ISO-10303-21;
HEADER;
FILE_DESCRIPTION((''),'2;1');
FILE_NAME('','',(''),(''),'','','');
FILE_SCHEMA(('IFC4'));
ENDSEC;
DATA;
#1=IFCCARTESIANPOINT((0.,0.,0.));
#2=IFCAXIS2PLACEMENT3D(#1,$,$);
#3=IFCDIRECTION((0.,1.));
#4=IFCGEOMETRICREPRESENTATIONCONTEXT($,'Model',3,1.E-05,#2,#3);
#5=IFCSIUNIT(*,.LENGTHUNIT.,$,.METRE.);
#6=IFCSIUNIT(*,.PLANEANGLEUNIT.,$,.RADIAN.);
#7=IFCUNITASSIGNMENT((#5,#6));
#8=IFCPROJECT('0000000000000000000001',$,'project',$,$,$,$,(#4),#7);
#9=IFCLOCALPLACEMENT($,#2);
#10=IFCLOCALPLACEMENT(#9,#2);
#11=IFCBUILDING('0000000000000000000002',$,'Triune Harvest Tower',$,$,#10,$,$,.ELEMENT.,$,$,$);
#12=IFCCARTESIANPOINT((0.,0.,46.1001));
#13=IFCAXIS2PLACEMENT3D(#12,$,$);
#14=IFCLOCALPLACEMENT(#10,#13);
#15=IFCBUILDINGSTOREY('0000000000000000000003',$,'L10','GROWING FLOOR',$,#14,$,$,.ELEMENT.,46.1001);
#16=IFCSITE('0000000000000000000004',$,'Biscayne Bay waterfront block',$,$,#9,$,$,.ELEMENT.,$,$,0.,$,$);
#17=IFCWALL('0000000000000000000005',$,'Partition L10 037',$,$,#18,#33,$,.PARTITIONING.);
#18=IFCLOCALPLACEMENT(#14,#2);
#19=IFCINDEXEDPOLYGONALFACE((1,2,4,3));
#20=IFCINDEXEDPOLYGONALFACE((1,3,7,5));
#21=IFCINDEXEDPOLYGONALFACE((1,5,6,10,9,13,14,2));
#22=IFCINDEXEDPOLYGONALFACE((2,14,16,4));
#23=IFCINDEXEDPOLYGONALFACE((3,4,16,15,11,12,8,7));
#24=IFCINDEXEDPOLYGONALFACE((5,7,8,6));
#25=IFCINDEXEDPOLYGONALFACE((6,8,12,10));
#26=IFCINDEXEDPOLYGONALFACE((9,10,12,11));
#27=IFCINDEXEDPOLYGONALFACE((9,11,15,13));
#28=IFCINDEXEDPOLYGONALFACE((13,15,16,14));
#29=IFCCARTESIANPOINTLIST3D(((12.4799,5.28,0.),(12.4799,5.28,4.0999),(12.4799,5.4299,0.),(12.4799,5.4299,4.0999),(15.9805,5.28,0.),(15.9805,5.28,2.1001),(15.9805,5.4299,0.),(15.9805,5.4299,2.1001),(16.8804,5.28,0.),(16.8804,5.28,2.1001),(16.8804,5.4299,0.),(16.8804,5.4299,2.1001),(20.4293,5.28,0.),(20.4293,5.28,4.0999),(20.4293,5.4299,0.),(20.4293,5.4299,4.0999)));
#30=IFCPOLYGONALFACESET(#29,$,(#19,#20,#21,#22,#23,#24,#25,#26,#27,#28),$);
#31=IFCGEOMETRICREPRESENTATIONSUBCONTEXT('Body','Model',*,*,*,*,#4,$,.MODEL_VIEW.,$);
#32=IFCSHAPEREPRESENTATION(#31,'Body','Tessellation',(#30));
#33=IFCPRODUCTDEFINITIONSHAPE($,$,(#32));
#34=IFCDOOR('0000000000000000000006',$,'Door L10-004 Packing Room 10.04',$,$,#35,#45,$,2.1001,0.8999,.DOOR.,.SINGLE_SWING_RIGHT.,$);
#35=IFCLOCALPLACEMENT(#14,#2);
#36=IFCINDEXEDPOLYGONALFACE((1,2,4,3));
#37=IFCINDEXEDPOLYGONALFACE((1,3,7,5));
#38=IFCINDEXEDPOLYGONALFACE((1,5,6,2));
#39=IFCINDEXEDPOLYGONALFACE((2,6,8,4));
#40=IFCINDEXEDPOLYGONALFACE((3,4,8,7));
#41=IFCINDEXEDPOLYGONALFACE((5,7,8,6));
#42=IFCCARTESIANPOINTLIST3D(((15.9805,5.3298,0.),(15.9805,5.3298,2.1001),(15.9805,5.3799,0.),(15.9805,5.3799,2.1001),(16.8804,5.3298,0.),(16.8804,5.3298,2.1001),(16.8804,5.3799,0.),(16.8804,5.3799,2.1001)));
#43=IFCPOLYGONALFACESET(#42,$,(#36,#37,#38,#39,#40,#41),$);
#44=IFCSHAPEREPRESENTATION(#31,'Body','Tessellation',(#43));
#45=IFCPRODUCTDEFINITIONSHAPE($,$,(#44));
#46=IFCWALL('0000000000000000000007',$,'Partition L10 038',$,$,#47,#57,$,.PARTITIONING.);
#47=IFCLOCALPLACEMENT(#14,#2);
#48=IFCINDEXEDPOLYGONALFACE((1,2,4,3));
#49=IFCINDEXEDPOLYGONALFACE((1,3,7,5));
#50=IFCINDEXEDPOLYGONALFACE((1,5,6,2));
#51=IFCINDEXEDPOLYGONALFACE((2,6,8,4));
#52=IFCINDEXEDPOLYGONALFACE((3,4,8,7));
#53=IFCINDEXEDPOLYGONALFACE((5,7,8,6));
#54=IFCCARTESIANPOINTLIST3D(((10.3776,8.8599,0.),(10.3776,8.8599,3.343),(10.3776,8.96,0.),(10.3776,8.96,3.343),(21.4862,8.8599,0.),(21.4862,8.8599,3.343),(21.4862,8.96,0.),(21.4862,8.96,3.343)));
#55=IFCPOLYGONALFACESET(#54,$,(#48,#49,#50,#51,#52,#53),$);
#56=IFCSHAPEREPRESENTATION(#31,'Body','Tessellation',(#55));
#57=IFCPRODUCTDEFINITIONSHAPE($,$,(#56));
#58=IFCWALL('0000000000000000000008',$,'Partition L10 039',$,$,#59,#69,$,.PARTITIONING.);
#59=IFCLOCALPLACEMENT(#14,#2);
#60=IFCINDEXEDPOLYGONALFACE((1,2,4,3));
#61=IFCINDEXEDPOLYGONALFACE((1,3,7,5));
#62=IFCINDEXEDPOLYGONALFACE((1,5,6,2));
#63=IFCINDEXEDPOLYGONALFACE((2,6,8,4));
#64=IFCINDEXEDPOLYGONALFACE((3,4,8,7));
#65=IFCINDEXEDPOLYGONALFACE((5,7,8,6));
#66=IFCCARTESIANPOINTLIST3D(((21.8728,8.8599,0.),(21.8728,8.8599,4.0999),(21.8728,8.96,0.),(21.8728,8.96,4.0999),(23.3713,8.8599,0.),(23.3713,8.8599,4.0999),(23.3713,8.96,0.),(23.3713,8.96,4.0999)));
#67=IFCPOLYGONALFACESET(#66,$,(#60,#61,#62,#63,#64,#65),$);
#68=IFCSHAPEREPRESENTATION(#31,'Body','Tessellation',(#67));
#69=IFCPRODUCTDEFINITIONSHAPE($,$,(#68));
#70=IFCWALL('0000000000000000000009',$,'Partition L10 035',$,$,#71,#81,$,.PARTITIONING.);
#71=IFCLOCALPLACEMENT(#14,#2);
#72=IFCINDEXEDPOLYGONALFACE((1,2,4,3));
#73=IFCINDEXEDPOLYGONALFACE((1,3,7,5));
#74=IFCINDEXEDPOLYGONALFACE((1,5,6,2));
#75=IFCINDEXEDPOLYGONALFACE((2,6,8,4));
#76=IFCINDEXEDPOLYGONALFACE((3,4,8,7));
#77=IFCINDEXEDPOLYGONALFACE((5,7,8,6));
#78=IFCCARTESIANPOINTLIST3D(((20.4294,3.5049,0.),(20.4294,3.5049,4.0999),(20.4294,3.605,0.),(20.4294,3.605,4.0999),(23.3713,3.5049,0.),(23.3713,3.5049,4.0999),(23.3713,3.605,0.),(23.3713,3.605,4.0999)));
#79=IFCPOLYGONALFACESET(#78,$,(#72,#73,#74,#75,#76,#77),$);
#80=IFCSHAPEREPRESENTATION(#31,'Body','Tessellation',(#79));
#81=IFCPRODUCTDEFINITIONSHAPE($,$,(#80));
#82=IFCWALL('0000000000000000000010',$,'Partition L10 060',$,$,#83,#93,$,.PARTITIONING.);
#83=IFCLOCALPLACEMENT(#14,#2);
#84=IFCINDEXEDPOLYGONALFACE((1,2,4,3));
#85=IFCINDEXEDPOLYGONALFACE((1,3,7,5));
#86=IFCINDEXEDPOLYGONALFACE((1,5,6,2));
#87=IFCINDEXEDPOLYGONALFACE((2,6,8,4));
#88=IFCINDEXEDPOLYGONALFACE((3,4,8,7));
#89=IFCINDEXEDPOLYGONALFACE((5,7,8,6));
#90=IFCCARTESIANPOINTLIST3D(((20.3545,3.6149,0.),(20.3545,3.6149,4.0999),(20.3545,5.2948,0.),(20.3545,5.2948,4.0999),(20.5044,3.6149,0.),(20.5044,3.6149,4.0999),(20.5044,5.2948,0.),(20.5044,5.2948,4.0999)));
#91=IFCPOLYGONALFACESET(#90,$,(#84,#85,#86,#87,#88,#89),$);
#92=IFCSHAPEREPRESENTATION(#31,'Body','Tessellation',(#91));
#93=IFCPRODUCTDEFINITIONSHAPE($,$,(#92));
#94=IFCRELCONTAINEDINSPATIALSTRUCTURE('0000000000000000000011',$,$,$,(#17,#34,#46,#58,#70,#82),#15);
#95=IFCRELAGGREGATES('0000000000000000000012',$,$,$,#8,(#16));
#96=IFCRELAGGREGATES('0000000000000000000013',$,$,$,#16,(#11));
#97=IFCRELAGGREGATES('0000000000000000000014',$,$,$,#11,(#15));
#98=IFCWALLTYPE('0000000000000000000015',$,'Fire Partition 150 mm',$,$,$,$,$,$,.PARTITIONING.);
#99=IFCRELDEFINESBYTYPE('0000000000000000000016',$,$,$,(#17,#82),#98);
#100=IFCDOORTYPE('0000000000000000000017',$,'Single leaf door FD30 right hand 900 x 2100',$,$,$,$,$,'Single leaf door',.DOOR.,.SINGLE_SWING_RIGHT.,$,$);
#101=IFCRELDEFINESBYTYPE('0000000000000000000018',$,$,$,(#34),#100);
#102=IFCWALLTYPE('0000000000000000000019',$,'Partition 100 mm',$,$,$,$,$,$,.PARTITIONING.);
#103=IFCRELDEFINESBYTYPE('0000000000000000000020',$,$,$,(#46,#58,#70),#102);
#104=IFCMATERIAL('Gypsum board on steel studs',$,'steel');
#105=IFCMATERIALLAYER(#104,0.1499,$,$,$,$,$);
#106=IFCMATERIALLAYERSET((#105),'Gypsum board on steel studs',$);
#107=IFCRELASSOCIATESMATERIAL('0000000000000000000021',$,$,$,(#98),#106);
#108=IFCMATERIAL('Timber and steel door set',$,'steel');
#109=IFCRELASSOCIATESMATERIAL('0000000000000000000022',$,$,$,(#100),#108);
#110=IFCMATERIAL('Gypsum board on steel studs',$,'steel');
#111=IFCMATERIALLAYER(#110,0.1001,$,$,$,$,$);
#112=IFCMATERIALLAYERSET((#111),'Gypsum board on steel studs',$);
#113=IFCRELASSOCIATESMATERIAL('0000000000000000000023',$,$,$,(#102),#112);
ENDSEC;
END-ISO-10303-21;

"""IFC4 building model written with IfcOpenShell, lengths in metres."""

from ifc_helpers import new_model, si_unit, direction, frame, frame_2d, origin, place, context, subcontext, project, spatial, rectangle, extrude, source, transform, mapped, material, layer, layer_set, type_object, element, fill, save


model = new_model("IFC4")

# Units and contexts
model_context = context("Model", 3, precision=1e-05, world=origin(), true_north=direction((0.0, 1.0)))
body_context = subcontext(model_context, "Body", "Model", "MODEL_VIEW")
ifc_project = project(units=[si_unit("LENGTHUNIT", "METRE"), si_unit("PLANEANGLEUNIT", "RADIAN")], contexts=[model_context])

# Site, building, storey
site_placement = place(None, origin())
site = spatial("IfcSite", under=ifc_project, at=site_placement, Name="Biscayne Bay waterfront block", CompositionType="ELEMENT", RefElevation=0.0)
building_placement = place(site_placement, origin())
building = spatial("IfcBuilding", under=site, at=building_placement, Name="Triune Harvest Tower", CompositionType="ELEMENT")
storey_placement = place(building_placement, frame((0.0, 0.0, 46.1001)))
storey = spatial("IfcBuildingStorey", under=building, at=storey_placement, Name="L10", Description="GROWING FLOOR", CompositionType="ELEMENT", Elevation=46.1001)

# Shared definitions
ifc_material_1 = material(Name="Gypsum board on steel studs", Category="steel")
ifc_layer_1 = layer(ifc_material_1, 0.1499)
ifc_layer_set_1 = layer_set([ifc_layer_1], Name="Gypsum board on steel studs")
wall_type_1 = type_object("IfcWallType", Name="Fire Partition 150 mm", PredefinedType="PARTITIONING", material=ifc_layer_set_1)

# Wall, opening, door
wall_1_placement = place(storey_placement, frame((12.48, 5.355, 0.0), z_axis=(0.0, 0.0, 1.0), x_axis=(1.0, 0.0, 0.0)))
wall_1 = element("IfcWall", 1, at=wall_1_placement, inside=storey, type_object=wall_type_1, Name="Partition L10 037", PredefinedType="PARTITIONING", context=body_context, shape_type="SweptSolid", body=[
    extrude(rectangle(XDim=7.9495, YDim=0.1499, at=frame_2d((3.9746, 0.0))), origin(), (0.0, 0.0, 1.0), 4.0999),
])
opening_1_placement = place(wall_1_placement, frame((3.5005, 0.0, 0.0)))
opening_1 = element("IfcOpeningElement", 2, at=opening_1_placement, cuts=wall_1, PredefinedType="OPENING", context=body_context, shape_type="SweptSolid", body=[
    extrude(rectangle(XDim=0.8999, YDim=2.1001, at=frame_2d((0.45, 1.05))), frame((0.0, 0.085, 0.0), z_axis=(0.0, -1.0, 0.0), x_axis=(1.0, 0.0, 0.0)), (0.0, 0.0, 1.0), 0.1699),
])
ifc_material_2 = material(Name="Timber and steel door set", Category="steel")
door_type_1 = type_object("IfcDoorType", Name="Single leaf door FD30 right hand 900 x 2100", ElementType="Single leaf door", OperationType="SINGLE_SWING_RIGHT", PredefinedType="DOOR", material=ifc_material_2)
door_1_placement = place(opening_1_placement, origin())
door_1 = element("IfcDoor", 3, at=door_1_placement, inside=storey, type_object=door_type_1, Name="Door L10-004 Packing Room 10.04", OperationType="SINGLE_SWING_RIGHT", OverallHeight=2.1001, OverallWidth=0.8999, PredefinedType="DOOR", context=body_context, shape_type="SweptSolid", body=[
    extrude(rectangle(XDim=0.8999, YDim=2.1001, at=frame_2d((0.45, 1.05))), frame((0.0, 0.0249, 0.0), z_axis=(0.0, -1.0, 0.0), x_axis=(1.0, 0.0, 0.0)), (0.0, 0.0, 1.0), 0.05),
])
fill(opening_1, door_1)

# Walls
ifc_material_3 = material(Name="Gypsum board on steel studs", Category="steel")
ifc_layer_2 = layer(ifc_material_3, 0.1001)
ifc_layer_set_2 = layer_set([ifc_layer_2], Name="Gypsum board on steel studs")
wall_type_2 = type_object("IfcWallType", Name="Partition 100 mm", PredefinedType="PARTITIONING", material=ifc_layer_set_2)
wall_2_placement = place(storey_placement, frame((10.3777, 8.9099, 0.0), z_axis=(0.0, 0.0, 1.0), x_axis=(1.0, 0.0, 0.0)))
element("IfcWall", 4, at=wall_2_placement, inside=storey, type_object=wall_type_2, Name="Partition L10 038", PredefinedType="PARTITIONING", context=body_context, shape_type="SweptSolid", body=[
    extrude(rectangle(XDim=11.1086, YDim=0.1001, at=frame_2d((5.5542, 0.0))), origin(), (0.0, 0.0, 1.0), 3.343),
])
shared_shape_1 = source(origin(), body_context, "Body", "SweptSolid", [
    extrude(rectangle(XDim=1.4985, YDim=0.1001, at=frame_2d((0.7493, 0.0))), origin(), (0.0, 0.0, 1.0), 4.0999),
])
wall_3_placement = place(storey_placement, frame((21.8728, 8.9099, 0.0), z_axis=(0.0, 0.0, 1.0), x_axis=(1.0, 0.0, 0.0)))
element("IfcWall", 5, at=wall_3_placement, inside=storey, type_object=wall_type_2, Name="Partition L10 039", PredefinedType="PARTITIONING", context=body_context, shape_type="MappedRepresentation", body=[
    mapped(shared_shape_1, transform((0.0, 0.0, 0.0), scale=1.0)),
])
shared_shape_2 = source(origin(), body_context, "Body", "SweptSolid", [
    extrude(rectangle(XDim=2.9419, YDim=0.1001, at=frame_2d((1.4709, 0.0))), origin(), (0.0, 0.0, 1.0), 4.0999),
])
wall_4_placement = place(storey_placement, frame((20.4294, 3.5549, 0.0), z_axis=(0.0, 0.0, 1.0), x_axis=(1.0, 0.0, 0.0)))
element("IfcWall", 6, at=wall_4_placement, inside=storey, type_object=wall_type_2, Name="Partition L10 035", PredefinedType="PARTITIONING", context=body_context, shape_type="MappedRepresentation", body=[
    mapped(shared_shape_2, transform((0.0, 0.0, 0.0), scale=1.0)),
])
shared_shape_3 = source(origin(), body_context, "Body", "SweptSolid", [
    extrude(rectangle(XDim=1.6799, YDim=0.1499, at=frame_2d((0.8398, 0.0))), origin(), (0.0, 0.0, 1.0), 4.0999),
])
wall_5_placement = place(storey_placement, frame((20.4294, 3.615, 0.0), z_axis=(0.0, 0.0, 1.0), x_axis=(0.0, 1.0, 0.0)))
element("IfcWall", 7, at=wall_5_placement, inside=storey, type_object=wall_type_1, Name="Partition L10 060", PredefinedType="PARTITIONING", context=body_context, shape_type="MappedRepresentation", body=[
    mapped(shared_shape_3, transform((0.0, 0.0, 0.0), scale=1.0)),
])

save(model, "model.ifc")
